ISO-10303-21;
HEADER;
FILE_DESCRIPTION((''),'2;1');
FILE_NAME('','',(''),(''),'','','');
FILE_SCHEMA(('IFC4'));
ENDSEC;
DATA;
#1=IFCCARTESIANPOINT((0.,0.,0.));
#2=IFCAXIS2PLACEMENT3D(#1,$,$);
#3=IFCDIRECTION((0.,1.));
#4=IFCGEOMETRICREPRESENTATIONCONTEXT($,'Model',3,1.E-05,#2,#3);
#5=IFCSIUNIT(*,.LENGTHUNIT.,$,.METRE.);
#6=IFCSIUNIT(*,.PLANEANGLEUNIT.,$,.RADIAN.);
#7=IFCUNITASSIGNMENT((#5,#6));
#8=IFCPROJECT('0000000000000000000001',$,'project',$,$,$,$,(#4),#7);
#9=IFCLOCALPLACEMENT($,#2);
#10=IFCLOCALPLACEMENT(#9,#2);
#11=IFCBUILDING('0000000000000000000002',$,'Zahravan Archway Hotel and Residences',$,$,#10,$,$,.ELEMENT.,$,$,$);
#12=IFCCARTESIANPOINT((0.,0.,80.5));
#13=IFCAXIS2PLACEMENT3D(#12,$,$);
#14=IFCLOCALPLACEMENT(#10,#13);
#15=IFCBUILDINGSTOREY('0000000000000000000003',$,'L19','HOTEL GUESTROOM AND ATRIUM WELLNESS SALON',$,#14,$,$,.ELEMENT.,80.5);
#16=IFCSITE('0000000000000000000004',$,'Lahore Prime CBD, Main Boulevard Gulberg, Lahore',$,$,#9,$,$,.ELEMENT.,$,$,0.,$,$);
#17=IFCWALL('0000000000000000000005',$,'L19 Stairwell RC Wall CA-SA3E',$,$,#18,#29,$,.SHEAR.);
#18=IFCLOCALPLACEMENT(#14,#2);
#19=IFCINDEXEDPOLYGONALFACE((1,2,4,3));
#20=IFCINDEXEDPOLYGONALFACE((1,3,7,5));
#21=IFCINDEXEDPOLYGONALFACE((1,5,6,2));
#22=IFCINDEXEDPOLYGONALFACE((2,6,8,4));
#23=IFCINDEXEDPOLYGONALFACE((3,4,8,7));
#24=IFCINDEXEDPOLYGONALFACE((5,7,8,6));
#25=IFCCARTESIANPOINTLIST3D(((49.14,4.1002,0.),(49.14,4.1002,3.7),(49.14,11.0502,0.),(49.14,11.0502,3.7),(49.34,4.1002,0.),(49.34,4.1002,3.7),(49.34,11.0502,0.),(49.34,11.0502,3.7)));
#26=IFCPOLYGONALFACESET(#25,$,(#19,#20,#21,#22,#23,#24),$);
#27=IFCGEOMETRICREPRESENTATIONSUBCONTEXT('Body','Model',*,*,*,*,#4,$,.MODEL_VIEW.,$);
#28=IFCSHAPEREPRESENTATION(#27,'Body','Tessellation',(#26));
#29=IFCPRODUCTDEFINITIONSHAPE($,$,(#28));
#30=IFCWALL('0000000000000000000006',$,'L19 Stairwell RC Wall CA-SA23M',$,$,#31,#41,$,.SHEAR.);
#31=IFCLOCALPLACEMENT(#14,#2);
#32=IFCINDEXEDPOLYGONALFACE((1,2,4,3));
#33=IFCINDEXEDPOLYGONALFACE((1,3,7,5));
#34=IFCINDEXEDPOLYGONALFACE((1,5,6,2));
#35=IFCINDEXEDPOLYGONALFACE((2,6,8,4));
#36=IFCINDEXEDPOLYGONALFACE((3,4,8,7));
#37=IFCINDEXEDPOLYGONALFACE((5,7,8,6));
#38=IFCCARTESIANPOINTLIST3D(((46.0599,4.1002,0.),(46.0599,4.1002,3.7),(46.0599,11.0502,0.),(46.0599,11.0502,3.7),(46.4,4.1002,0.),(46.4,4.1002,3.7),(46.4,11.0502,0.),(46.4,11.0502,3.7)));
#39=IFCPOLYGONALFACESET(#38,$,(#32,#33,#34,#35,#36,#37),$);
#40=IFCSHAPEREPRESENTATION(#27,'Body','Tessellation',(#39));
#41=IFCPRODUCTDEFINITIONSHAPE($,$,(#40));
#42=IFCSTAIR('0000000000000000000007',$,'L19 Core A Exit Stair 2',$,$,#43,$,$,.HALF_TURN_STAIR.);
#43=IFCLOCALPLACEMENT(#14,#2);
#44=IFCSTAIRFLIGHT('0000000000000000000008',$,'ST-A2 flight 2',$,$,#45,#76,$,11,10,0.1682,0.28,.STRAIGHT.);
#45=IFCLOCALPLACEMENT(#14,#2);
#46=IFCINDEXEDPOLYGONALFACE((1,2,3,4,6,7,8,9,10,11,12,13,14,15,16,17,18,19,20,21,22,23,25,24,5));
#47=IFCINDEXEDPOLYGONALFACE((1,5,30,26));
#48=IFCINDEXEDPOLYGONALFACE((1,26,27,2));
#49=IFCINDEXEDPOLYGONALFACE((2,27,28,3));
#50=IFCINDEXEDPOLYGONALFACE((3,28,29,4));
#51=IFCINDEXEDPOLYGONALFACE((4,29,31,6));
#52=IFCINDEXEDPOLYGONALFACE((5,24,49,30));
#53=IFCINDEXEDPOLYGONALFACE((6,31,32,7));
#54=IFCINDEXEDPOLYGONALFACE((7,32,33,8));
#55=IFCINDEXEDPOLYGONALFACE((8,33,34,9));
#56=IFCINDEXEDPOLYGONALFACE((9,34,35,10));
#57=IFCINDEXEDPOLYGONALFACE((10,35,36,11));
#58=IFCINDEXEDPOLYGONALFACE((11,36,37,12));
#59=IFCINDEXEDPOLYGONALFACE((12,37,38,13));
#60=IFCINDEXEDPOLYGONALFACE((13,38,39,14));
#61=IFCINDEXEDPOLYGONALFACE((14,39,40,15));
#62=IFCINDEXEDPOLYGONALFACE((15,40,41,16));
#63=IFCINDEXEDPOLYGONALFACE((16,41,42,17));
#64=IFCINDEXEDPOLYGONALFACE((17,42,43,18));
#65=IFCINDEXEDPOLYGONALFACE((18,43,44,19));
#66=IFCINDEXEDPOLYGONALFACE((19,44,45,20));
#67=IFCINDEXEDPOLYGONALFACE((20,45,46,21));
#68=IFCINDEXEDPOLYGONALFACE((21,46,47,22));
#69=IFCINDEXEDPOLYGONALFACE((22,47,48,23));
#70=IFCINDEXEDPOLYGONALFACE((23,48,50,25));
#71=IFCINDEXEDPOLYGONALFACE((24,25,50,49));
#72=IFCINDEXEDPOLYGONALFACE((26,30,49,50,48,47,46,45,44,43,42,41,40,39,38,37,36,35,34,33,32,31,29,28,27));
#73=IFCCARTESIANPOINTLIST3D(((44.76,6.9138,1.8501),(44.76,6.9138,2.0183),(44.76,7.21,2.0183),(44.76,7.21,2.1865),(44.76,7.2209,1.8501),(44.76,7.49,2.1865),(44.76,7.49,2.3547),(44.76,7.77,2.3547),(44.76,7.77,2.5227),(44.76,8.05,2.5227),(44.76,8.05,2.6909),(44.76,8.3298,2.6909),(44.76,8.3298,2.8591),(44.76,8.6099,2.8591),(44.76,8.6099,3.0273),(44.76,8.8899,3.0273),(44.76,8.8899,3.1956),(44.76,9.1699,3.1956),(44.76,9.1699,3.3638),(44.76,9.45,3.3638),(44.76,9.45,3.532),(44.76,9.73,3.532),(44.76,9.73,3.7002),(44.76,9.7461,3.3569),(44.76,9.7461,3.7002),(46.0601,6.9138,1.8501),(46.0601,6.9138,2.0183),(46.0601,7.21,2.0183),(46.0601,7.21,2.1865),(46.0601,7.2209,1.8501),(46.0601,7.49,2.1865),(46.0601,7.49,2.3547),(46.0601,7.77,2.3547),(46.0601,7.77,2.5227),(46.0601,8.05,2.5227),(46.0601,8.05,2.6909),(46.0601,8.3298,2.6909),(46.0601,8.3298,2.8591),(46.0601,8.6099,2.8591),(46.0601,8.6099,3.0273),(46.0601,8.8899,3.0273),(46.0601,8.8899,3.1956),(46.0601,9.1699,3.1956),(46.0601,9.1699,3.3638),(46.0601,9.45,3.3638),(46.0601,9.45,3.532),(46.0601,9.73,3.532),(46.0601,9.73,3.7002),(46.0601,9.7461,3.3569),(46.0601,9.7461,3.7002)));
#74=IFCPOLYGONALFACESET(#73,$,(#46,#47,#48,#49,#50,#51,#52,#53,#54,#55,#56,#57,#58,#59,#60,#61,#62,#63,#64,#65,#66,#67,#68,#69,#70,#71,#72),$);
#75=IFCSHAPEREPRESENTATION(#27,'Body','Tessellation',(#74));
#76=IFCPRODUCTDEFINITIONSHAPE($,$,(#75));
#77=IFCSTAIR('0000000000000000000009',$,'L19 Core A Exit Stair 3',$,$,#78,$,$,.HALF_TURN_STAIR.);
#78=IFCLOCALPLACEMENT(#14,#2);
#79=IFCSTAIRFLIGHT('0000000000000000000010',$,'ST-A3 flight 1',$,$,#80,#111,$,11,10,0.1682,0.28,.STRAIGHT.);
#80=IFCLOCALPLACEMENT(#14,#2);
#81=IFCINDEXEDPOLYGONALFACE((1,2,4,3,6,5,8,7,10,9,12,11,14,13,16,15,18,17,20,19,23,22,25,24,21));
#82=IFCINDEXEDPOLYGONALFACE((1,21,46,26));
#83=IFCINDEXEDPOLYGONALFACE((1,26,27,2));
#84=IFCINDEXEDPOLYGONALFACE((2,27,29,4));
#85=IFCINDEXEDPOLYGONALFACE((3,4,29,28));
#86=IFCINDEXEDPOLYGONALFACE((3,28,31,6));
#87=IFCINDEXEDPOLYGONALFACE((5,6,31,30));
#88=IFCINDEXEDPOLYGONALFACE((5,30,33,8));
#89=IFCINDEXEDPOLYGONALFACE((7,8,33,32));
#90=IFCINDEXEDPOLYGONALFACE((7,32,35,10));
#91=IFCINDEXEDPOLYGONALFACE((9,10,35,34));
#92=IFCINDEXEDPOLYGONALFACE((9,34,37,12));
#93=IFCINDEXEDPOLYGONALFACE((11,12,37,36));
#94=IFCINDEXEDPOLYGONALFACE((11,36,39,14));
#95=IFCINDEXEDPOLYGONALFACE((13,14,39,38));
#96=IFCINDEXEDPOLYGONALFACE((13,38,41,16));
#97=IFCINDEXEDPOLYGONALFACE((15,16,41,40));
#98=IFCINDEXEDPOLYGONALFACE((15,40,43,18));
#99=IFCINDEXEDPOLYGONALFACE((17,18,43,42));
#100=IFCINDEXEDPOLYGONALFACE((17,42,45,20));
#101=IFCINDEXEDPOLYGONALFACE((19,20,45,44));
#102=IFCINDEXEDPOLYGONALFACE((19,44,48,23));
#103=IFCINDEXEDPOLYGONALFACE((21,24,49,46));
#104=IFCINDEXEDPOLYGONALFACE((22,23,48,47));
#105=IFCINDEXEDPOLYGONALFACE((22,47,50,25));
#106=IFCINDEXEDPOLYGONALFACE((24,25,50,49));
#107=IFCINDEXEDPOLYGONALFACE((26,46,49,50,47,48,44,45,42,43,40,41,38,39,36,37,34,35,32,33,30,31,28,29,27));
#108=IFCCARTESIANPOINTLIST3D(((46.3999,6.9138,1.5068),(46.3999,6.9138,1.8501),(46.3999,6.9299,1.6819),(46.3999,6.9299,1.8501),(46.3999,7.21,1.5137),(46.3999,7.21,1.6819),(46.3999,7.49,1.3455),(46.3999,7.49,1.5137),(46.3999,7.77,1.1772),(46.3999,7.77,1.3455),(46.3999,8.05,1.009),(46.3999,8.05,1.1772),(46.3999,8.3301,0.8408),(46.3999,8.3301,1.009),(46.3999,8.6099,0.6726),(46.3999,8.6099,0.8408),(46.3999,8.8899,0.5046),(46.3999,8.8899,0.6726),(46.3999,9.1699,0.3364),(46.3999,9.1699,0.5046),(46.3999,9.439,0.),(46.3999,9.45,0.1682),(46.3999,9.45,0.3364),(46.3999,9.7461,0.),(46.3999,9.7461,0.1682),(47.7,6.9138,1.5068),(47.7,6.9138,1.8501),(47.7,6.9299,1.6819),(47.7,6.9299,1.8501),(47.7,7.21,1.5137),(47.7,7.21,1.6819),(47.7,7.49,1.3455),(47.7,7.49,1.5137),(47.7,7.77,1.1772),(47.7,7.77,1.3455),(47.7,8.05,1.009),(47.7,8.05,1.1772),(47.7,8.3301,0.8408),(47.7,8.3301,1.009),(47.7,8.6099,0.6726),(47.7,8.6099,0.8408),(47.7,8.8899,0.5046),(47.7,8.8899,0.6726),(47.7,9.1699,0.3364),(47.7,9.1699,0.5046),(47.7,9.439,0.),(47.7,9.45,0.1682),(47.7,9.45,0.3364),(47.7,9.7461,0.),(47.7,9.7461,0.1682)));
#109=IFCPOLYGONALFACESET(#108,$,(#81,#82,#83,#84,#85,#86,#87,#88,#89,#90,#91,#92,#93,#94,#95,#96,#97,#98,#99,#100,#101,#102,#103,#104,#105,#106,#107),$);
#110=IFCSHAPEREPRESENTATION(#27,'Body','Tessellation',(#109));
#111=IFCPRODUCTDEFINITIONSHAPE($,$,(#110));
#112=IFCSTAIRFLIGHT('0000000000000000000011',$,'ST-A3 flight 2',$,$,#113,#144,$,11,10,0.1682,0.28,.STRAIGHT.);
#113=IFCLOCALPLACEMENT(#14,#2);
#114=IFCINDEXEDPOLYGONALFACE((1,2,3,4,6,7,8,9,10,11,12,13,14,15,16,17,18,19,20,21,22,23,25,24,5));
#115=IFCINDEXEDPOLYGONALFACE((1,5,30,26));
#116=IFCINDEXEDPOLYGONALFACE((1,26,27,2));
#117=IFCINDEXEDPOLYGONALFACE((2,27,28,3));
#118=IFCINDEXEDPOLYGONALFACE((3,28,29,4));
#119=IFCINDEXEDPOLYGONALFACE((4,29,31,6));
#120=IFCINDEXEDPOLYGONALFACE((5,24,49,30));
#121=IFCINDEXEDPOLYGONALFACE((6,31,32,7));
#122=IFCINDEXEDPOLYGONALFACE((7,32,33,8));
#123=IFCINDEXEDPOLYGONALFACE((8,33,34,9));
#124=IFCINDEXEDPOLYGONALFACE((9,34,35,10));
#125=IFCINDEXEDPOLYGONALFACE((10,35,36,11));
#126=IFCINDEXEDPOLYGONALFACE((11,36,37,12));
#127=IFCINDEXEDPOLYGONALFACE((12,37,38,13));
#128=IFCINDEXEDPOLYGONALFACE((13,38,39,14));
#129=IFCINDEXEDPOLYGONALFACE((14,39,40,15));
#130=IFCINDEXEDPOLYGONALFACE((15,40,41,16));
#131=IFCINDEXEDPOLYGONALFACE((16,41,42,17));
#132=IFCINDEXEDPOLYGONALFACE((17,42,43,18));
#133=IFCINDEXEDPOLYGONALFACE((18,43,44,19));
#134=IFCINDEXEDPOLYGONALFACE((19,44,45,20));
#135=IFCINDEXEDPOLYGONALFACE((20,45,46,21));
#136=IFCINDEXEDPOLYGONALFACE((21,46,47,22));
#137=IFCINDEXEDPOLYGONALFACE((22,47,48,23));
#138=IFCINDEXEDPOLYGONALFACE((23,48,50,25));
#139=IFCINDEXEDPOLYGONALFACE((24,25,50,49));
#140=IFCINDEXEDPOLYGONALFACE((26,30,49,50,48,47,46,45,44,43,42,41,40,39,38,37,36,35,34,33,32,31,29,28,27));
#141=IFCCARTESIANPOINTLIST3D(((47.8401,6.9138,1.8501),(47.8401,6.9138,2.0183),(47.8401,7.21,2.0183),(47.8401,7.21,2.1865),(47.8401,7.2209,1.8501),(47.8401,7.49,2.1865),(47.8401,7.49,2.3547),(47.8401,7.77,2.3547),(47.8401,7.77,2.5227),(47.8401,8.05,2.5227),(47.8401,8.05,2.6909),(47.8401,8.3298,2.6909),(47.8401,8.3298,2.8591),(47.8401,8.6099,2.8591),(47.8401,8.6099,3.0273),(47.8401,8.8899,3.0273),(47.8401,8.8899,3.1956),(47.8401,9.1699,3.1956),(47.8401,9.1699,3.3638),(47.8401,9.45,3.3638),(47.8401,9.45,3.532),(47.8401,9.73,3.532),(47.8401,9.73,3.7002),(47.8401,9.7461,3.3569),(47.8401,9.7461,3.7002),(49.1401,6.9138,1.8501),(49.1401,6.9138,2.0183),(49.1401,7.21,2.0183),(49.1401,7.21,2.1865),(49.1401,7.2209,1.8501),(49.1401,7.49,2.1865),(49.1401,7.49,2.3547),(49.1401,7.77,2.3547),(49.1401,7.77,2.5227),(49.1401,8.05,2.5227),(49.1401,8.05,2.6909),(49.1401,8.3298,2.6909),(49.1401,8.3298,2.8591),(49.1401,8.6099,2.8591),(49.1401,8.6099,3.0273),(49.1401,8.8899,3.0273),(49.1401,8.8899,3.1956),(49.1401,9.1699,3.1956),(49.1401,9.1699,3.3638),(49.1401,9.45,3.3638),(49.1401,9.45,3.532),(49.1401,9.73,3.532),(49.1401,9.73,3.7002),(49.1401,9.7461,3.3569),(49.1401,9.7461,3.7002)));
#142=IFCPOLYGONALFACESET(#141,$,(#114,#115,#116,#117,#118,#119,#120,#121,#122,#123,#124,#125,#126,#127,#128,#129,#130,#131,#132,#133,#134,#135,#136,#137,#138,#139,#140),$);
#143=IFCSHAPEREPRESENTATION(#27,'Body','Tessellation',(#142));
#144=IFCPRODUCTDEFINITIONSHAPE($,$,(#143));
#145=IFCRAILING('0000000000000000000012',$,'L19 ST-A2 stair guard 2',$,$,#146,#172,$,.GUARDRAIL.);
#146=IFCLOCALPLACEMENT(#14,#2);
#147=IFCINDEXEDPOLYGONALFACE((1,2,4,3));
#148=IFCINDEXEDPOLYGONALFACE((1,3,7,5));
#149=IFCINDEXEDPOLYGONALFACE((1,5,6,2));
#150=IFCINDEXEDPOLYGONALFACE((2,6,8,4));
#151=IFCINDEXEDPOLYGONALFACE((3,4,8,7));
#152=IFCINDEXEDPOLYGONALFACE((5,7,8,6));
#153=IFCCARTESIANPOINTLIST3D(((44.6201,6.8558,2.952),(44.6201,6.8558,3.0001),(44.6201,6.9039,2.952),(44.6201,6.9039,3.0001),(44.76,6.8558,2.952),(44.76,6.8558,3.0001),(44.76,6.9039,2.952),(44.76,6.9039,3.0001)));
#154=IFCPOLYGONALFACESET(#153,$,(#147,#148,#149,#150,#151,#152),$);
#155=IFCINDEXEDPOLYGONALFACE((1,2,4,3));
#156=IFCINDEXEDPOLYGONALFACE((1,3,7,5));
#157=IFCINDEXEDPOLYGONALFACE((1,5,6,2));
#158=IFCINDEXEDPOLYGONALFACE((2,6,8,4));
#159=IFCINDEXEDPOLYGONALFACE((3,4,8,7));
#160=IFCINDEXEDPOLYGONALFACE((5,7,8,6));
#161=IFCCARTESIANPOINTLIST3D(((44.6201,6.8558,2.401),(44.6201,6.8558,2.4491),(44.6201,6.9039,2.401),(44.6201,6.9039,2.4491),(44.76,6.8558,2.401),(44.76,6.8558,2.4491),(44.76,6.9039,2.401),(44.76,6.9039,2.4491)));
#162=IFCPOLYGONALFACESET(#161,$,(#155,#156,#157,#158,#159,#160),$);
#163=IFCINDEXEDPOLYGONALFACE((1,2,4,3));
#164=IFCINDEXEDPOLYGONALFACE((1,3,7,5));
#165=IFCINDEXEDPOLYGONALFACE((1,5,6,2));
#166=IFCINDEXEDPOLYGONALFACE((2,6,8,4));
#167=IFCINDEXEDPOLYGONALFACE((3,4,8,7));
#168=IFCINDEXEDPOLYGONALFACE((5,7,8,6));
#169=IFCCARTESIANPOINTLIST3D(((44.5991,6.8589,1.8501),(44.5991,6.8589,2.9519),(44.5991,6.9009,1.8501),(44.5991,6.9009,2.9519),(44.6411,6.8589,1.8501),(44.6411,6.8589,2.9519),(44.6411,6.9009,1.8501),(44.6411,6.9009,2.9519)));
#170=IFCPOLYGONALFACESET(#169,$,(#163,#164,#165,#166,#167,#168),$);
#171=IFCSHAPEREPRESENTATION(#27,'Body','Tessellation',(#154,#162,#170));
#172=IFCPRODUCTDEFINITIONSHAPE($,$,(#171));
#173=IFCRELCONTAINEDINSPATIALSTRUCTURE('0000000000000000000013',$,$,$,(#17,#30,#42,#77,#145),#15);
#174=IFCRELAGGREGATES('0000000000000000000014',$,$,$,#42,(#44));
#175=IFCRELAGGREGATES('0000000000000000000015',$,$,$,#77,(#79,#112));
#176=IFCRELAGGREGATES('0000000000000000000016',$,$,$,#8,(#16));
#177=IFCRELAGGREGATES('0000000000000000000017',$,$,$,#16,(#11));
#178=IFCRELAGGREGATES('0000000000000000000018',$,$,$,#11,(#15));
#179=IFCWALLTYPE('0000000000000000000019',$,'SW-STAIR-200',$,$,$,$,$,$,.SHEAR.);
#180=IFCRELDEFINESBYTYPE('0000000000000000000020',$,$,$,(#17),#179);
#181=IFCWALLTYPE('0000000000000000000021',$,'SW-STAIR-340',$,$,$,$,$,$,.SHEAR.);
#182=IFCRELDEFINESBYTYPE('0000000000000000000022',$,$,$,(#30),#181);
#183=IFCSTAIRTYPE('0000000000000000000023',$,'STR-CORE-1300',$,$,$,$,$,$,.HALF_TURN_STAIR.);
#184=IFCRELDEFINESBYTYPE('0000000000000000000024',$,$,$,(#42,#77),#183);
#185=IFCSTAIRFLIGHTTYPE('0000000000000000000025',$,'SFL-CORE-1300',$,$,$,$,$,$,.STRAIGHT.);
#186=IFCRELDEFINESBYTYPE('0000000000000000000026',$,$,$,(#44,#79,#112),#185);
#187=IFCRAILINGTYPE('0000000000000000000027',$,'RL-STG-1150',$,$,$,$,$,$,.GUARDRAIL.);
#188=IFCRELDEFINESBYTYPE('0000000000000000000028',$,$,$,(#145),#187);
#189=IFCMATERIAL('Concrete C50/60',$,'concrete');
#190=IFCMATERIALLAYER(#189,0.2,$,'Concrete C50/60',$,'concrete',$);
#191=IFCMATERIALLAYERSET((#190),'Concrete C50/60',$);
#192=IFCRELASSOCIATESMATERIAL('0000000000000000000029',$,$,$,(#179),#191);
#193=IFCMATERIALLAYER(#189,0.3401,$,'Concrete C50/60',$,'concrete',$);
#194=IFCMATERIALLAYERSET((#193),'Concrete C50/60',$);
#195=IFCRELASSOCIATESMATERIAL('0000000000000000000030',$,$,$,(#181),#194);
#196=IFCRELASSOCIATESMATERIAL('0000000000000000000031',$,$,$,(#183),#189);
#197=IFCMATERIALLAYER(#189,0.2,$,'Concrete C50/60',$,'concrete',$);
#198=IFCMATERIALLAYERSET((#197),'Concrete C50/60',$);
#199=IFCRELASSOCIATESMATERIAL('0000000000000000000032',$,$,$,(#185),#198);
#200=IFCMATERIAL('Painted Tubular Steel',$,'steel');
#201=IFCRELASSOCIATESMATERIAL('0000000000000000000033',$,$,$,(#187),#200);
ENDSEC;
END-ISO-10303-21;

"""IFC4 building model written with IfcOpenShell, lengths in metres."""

from ifc_helpers import new_model, si_unit, direction, frame, frame_2d, origin, origin_2d, place, context, subcontext, project, spatial, polyline, rectangle, outline, extrude, source, transform, mapped, material, layer, layer_set, type_object, element, aggregate, save


model = new_model("IFC4")

# Units and contexts
model_context = context("Model", 3, precision=1e-05, world=origin(), true_north=direction((0.0, 1.0)))
body_context = subcontext(model_context, "Body", "Model", "MODEL_VIEW")
ifc_project = project(units=[si_unit("LENGTHUNIT", "METRE"), si_unit("PLANEANGLEUNIT", "RADIAN")], contexts=[model_context])

# Site, building, storey
site_placement = place(None, origin())
site = spatial("IfcSite", under=ifc_project, at=site_placement, Name="Lahore Prime CBD, Main Boulevard Gulberg, Lahore", CompositionType="ELEMENT", RefElevation=0.0)
building_placement = place(site_placement, origin())
building = spatial("IfcBuilding", under=site, at=building_placement, Name="Zahravan Archway Hotel and Residences", CompositionType="ELEMENT")
storey_placement = place(building_placement, frame((0.0, 0.0, 80.5)))
storey = spatial("IfcBuildingStorey", under=building, at=storey_placement, Name="L19", Description="HOTEL GUESTROOM AND ATRIUM WELLNESS SALON", CompositionType="ELEMENT", Elevation=80.5)

# Walls
ifc_material_1 = material(Name="Concrete C50/60", Category="concrete")
ifc_layer_1 = layer(ifc_material_1, 0.2, Name="Concrete C50/60", Category="concrete")
ifc_layer_set_1 = layer_set([ifc_layer_1], Name="Concrete C50/60")
wall_type_1 = type_object("IfcWallType", Name="SW-STAIR-200", PredefinedType="SHEAR", material=ifc_layer_set_1)
wall_1_placement = place(storey_placement, frame((49.24, 4.1001, 0.0), z_axis=(0.0, 0.0, 1.0), x_axis=(0.0, 1.0, 0.0)))
element("IfcWall", 1, at=wall_1_placement, inside=storey, type_object=wall_type_1, Name="L19 Stairwell RC Wall CA-SA3E", PredefinedType="SHEAR", context=body_context, shape_type="SweptSolid", body=[
    extrude(rectangle(XDim=6.95, YDim=0.2, at=frame_2d((3.4751, 0.0))), origin(), (0.0, 0.0, 1.0), 3.7),
])
ifc_layer_2 = layer(ifc_material_1, 0.3401, Name="Concrete C50/60", Category="concrete")
ifc_layer_set_2 = layer_set([ifc_layer_2], Name="Concrete C50/60")
wall_type_2 = type_object("IfcWallType", Name="SW-STAIR-340", PredefinedType="SHEAR", material=ifc_layer_set_2)
wall_2_placement = place(storey_placement, frame((46.23, 4.1001, 0.0), z_axis=(0.0, 0.0, 1.0), x_axis=(0.0, 1.0, 0.0)))
element("IfcWall", 2, at=wall_2_placement, inside=storey, type_object=wall_type_2, Name="L19 Stairwell RC Wall CA-SA23M", PredefinedType="SHEAR", context=body_context, shape_type="SweptSolid", body=[
    extrude(rectangle(XDim=6.95, YDim=0.3401, at=frame_2d((3.4751, 0.0))), origin(), (0.0, 0.0, 1.0), 3.7),
])

# Stair, stair flight
stair_type = type_object("IfcStairType", Name="STR-CORE-1300", PredefinedType="HALF_TURN_STAIR", material=ifc_material_1)
stair_1_placement = place(storey_placement, origin())
stair_1 = element("IfcStair", 3, at=stair_1_placement, inside=storey, type_object=stair_type, Name="L19 Core A Exit Stair 2", PredefinedType="HALF_TURN_STAIR")
ifc_layer_3 = layer(ifc_material_1, 0.2, Name="Concrete C50/60", Category="concrete")
ifc_layer_set_3 = layer_set([ifc_layer_3], Name="Concrete C50/60")
stair_flight_type = type_object("IfcStairFlightType", Name="SFL-CORE-1300", PredefinedType="STRAIGHT", material=ifc_layer_set_3)
shared_shape = source(origin(), body_context, "Body", "SweptSolid", [
    extrude(outline(polyline([(-0.0161, 0.0), (-0.0161, 0.1682), (0.28, 0.1682), (0.28, 0.3364), (0.5601, 0.3364), (0.5601, 0.5046), (0.8401, 0.5046), (0.8401, 0.6726), (1.1201, 0.6726), (1.1201, 0.8408), (1.3999, 0.8408), (1.3999, 1.009), (1.6799, 1.009), (1.6799, 1.1772), (1.96, 1.1772), (1.96, 1.3455), (2.24, 1.3455), (2.24, 1.5137), (2.52, 1.5137), (2.52, 1.6819), (2.8, 1.6819), (2.8, 1.8501), (2.8162, 1.8501), (2.8162, 1.5068), (0.291, 0.0), (-0.0161, 0.0)])), frame((0.0, 0.6499, 0.0), z_axis=(0.0, -1.0, 0.0), x_axis=(1.0, 0.0, 0.0)), (0.0, 0.0, 1.0), 1.3),
])
stair_flight_1_placement = place(storey_placement, frame((45.4099, 6.9299, 1.8501), z_axis=(0.0, 0.0, 1.0), x_axis=(0.0, 1.0, 0.0)))
stair_flight_1 = element("IfcStairFlight", 4, at=stair_flight_1_placement, type_object=stair_flight_type, Name="ST-A2 flight 2", NumberOfRisers=11, NumberOfTreads=10, PredefinedType="STRAIGHT", RiserHeight=0.1682, TreadLength=0.28, context=body_context, shape_type="MappedRepresentation", body=[
    mapped(shared_shape, transform((0.0, 0.0, 0.0), scale=1.0)),
])
aggregate(stair_1, [stair_flight_1])

# Stair, stair flights
stair_2_placement = place(storey_placement, origin())
stair_2 = element("IfcStair", 5, at=stair_2_placement, inside=storey, type_object=stair_type, Name="L19 Core A Exit Stair 3", PredefinedType="HALF_TURN_STAIR")
stair_flight_2_placement = place(storey_placement, frame((47.05, 9.73, 0.0), z_axis=(0.0, 0.0, 1.0), x_axis=(0.0, -1.0, 0.0)))
stair_flight_2 = element("IfcStairFlight", 6, at=stair_flight_2_placement, type_object=stair_flight_type, Name="ST-A3 flight 1", NumberOfRisers=11, NumberOfTreads=10, PredefinedType="STRAIGHT", RiserHeight=0.1682, TreadLength=0.28, context=body_context, shape_type="MappedRepresentation", body=[
    mapped(shared_shape, transform((0.0, 0.0, 0.0), scale=1.0)),
])
stair_flight_3_placement = place(storey_placement, frame((48.49, 6.9299, 1.8501), z_axis=(0.0, 0.0, 1.0), x_axis=(0.0, 1.0, 0.0)))
stair_flight_3 = element("IfcStairFlight", 7, at=stair_flight_3_placement, type_object=stair_flight_type, Name="ST-A3 flight 2", NumberOfRisers=11, NumberOfTreads=10, PredefinedType="STRAIGHT", RiserHeight=0.1682, TreadLength=0.28, context=body_context, shape_type="MappedRepresentation", body=[
    mapped(shared_shape, transform((0.0, 0.0, 0.0), scale=1.0)),
])
aggregate(stair_2, [stair_flight_2, stair_flight_3])

# Railing
ifc_material_2 = material(Name="Painted Tubular Steel", Category="steel")
railing_type_1 = type_object("IfcRailingType", Name="RL-STG-1150", PredefinedType="GUARDRAIL", material=ifc_material_2)
railing_1_placement = place(storey_placement, frame((44.6201, 6.8799, 1.8501)))
element("IfcRailing", 8, at=railing_1_placement, inside=storey, type_object=railing_type_1, Name="L19 ST-A2 stair guard 2", PredefinedType="GUARDRAIL", context=body_context, shape_type="SweptSolid", body=[
    extrude(rectangle(XDim=0.0481, YDim=0.0481, at=origin_2d()), frame((0.0, 0.0, 1.126), z_axis=(1.0, 0.0, 0.0), x_axis=(0.0, 1.0, 0.0)), (0.0, 0.0, 1.0), 0.1399),
    extrude(rectangle(XDim=0.0481, YDim=0.0481, at=origin_2d()), frame((0.0, 0.0, 0.575), z_axis=(1.0, 0.0, 0.0), x_axis=(0.0, 1.0, 0.0)), (0.0, 0.0, 1.0), 0.1399),
    extrude(rectangle(XDim=0.042, YDim=0.042, at=origin_2d()), origin(), (0.0, 0.0, 1.0), 1.1018),
])

save(model, "model.ifc")
